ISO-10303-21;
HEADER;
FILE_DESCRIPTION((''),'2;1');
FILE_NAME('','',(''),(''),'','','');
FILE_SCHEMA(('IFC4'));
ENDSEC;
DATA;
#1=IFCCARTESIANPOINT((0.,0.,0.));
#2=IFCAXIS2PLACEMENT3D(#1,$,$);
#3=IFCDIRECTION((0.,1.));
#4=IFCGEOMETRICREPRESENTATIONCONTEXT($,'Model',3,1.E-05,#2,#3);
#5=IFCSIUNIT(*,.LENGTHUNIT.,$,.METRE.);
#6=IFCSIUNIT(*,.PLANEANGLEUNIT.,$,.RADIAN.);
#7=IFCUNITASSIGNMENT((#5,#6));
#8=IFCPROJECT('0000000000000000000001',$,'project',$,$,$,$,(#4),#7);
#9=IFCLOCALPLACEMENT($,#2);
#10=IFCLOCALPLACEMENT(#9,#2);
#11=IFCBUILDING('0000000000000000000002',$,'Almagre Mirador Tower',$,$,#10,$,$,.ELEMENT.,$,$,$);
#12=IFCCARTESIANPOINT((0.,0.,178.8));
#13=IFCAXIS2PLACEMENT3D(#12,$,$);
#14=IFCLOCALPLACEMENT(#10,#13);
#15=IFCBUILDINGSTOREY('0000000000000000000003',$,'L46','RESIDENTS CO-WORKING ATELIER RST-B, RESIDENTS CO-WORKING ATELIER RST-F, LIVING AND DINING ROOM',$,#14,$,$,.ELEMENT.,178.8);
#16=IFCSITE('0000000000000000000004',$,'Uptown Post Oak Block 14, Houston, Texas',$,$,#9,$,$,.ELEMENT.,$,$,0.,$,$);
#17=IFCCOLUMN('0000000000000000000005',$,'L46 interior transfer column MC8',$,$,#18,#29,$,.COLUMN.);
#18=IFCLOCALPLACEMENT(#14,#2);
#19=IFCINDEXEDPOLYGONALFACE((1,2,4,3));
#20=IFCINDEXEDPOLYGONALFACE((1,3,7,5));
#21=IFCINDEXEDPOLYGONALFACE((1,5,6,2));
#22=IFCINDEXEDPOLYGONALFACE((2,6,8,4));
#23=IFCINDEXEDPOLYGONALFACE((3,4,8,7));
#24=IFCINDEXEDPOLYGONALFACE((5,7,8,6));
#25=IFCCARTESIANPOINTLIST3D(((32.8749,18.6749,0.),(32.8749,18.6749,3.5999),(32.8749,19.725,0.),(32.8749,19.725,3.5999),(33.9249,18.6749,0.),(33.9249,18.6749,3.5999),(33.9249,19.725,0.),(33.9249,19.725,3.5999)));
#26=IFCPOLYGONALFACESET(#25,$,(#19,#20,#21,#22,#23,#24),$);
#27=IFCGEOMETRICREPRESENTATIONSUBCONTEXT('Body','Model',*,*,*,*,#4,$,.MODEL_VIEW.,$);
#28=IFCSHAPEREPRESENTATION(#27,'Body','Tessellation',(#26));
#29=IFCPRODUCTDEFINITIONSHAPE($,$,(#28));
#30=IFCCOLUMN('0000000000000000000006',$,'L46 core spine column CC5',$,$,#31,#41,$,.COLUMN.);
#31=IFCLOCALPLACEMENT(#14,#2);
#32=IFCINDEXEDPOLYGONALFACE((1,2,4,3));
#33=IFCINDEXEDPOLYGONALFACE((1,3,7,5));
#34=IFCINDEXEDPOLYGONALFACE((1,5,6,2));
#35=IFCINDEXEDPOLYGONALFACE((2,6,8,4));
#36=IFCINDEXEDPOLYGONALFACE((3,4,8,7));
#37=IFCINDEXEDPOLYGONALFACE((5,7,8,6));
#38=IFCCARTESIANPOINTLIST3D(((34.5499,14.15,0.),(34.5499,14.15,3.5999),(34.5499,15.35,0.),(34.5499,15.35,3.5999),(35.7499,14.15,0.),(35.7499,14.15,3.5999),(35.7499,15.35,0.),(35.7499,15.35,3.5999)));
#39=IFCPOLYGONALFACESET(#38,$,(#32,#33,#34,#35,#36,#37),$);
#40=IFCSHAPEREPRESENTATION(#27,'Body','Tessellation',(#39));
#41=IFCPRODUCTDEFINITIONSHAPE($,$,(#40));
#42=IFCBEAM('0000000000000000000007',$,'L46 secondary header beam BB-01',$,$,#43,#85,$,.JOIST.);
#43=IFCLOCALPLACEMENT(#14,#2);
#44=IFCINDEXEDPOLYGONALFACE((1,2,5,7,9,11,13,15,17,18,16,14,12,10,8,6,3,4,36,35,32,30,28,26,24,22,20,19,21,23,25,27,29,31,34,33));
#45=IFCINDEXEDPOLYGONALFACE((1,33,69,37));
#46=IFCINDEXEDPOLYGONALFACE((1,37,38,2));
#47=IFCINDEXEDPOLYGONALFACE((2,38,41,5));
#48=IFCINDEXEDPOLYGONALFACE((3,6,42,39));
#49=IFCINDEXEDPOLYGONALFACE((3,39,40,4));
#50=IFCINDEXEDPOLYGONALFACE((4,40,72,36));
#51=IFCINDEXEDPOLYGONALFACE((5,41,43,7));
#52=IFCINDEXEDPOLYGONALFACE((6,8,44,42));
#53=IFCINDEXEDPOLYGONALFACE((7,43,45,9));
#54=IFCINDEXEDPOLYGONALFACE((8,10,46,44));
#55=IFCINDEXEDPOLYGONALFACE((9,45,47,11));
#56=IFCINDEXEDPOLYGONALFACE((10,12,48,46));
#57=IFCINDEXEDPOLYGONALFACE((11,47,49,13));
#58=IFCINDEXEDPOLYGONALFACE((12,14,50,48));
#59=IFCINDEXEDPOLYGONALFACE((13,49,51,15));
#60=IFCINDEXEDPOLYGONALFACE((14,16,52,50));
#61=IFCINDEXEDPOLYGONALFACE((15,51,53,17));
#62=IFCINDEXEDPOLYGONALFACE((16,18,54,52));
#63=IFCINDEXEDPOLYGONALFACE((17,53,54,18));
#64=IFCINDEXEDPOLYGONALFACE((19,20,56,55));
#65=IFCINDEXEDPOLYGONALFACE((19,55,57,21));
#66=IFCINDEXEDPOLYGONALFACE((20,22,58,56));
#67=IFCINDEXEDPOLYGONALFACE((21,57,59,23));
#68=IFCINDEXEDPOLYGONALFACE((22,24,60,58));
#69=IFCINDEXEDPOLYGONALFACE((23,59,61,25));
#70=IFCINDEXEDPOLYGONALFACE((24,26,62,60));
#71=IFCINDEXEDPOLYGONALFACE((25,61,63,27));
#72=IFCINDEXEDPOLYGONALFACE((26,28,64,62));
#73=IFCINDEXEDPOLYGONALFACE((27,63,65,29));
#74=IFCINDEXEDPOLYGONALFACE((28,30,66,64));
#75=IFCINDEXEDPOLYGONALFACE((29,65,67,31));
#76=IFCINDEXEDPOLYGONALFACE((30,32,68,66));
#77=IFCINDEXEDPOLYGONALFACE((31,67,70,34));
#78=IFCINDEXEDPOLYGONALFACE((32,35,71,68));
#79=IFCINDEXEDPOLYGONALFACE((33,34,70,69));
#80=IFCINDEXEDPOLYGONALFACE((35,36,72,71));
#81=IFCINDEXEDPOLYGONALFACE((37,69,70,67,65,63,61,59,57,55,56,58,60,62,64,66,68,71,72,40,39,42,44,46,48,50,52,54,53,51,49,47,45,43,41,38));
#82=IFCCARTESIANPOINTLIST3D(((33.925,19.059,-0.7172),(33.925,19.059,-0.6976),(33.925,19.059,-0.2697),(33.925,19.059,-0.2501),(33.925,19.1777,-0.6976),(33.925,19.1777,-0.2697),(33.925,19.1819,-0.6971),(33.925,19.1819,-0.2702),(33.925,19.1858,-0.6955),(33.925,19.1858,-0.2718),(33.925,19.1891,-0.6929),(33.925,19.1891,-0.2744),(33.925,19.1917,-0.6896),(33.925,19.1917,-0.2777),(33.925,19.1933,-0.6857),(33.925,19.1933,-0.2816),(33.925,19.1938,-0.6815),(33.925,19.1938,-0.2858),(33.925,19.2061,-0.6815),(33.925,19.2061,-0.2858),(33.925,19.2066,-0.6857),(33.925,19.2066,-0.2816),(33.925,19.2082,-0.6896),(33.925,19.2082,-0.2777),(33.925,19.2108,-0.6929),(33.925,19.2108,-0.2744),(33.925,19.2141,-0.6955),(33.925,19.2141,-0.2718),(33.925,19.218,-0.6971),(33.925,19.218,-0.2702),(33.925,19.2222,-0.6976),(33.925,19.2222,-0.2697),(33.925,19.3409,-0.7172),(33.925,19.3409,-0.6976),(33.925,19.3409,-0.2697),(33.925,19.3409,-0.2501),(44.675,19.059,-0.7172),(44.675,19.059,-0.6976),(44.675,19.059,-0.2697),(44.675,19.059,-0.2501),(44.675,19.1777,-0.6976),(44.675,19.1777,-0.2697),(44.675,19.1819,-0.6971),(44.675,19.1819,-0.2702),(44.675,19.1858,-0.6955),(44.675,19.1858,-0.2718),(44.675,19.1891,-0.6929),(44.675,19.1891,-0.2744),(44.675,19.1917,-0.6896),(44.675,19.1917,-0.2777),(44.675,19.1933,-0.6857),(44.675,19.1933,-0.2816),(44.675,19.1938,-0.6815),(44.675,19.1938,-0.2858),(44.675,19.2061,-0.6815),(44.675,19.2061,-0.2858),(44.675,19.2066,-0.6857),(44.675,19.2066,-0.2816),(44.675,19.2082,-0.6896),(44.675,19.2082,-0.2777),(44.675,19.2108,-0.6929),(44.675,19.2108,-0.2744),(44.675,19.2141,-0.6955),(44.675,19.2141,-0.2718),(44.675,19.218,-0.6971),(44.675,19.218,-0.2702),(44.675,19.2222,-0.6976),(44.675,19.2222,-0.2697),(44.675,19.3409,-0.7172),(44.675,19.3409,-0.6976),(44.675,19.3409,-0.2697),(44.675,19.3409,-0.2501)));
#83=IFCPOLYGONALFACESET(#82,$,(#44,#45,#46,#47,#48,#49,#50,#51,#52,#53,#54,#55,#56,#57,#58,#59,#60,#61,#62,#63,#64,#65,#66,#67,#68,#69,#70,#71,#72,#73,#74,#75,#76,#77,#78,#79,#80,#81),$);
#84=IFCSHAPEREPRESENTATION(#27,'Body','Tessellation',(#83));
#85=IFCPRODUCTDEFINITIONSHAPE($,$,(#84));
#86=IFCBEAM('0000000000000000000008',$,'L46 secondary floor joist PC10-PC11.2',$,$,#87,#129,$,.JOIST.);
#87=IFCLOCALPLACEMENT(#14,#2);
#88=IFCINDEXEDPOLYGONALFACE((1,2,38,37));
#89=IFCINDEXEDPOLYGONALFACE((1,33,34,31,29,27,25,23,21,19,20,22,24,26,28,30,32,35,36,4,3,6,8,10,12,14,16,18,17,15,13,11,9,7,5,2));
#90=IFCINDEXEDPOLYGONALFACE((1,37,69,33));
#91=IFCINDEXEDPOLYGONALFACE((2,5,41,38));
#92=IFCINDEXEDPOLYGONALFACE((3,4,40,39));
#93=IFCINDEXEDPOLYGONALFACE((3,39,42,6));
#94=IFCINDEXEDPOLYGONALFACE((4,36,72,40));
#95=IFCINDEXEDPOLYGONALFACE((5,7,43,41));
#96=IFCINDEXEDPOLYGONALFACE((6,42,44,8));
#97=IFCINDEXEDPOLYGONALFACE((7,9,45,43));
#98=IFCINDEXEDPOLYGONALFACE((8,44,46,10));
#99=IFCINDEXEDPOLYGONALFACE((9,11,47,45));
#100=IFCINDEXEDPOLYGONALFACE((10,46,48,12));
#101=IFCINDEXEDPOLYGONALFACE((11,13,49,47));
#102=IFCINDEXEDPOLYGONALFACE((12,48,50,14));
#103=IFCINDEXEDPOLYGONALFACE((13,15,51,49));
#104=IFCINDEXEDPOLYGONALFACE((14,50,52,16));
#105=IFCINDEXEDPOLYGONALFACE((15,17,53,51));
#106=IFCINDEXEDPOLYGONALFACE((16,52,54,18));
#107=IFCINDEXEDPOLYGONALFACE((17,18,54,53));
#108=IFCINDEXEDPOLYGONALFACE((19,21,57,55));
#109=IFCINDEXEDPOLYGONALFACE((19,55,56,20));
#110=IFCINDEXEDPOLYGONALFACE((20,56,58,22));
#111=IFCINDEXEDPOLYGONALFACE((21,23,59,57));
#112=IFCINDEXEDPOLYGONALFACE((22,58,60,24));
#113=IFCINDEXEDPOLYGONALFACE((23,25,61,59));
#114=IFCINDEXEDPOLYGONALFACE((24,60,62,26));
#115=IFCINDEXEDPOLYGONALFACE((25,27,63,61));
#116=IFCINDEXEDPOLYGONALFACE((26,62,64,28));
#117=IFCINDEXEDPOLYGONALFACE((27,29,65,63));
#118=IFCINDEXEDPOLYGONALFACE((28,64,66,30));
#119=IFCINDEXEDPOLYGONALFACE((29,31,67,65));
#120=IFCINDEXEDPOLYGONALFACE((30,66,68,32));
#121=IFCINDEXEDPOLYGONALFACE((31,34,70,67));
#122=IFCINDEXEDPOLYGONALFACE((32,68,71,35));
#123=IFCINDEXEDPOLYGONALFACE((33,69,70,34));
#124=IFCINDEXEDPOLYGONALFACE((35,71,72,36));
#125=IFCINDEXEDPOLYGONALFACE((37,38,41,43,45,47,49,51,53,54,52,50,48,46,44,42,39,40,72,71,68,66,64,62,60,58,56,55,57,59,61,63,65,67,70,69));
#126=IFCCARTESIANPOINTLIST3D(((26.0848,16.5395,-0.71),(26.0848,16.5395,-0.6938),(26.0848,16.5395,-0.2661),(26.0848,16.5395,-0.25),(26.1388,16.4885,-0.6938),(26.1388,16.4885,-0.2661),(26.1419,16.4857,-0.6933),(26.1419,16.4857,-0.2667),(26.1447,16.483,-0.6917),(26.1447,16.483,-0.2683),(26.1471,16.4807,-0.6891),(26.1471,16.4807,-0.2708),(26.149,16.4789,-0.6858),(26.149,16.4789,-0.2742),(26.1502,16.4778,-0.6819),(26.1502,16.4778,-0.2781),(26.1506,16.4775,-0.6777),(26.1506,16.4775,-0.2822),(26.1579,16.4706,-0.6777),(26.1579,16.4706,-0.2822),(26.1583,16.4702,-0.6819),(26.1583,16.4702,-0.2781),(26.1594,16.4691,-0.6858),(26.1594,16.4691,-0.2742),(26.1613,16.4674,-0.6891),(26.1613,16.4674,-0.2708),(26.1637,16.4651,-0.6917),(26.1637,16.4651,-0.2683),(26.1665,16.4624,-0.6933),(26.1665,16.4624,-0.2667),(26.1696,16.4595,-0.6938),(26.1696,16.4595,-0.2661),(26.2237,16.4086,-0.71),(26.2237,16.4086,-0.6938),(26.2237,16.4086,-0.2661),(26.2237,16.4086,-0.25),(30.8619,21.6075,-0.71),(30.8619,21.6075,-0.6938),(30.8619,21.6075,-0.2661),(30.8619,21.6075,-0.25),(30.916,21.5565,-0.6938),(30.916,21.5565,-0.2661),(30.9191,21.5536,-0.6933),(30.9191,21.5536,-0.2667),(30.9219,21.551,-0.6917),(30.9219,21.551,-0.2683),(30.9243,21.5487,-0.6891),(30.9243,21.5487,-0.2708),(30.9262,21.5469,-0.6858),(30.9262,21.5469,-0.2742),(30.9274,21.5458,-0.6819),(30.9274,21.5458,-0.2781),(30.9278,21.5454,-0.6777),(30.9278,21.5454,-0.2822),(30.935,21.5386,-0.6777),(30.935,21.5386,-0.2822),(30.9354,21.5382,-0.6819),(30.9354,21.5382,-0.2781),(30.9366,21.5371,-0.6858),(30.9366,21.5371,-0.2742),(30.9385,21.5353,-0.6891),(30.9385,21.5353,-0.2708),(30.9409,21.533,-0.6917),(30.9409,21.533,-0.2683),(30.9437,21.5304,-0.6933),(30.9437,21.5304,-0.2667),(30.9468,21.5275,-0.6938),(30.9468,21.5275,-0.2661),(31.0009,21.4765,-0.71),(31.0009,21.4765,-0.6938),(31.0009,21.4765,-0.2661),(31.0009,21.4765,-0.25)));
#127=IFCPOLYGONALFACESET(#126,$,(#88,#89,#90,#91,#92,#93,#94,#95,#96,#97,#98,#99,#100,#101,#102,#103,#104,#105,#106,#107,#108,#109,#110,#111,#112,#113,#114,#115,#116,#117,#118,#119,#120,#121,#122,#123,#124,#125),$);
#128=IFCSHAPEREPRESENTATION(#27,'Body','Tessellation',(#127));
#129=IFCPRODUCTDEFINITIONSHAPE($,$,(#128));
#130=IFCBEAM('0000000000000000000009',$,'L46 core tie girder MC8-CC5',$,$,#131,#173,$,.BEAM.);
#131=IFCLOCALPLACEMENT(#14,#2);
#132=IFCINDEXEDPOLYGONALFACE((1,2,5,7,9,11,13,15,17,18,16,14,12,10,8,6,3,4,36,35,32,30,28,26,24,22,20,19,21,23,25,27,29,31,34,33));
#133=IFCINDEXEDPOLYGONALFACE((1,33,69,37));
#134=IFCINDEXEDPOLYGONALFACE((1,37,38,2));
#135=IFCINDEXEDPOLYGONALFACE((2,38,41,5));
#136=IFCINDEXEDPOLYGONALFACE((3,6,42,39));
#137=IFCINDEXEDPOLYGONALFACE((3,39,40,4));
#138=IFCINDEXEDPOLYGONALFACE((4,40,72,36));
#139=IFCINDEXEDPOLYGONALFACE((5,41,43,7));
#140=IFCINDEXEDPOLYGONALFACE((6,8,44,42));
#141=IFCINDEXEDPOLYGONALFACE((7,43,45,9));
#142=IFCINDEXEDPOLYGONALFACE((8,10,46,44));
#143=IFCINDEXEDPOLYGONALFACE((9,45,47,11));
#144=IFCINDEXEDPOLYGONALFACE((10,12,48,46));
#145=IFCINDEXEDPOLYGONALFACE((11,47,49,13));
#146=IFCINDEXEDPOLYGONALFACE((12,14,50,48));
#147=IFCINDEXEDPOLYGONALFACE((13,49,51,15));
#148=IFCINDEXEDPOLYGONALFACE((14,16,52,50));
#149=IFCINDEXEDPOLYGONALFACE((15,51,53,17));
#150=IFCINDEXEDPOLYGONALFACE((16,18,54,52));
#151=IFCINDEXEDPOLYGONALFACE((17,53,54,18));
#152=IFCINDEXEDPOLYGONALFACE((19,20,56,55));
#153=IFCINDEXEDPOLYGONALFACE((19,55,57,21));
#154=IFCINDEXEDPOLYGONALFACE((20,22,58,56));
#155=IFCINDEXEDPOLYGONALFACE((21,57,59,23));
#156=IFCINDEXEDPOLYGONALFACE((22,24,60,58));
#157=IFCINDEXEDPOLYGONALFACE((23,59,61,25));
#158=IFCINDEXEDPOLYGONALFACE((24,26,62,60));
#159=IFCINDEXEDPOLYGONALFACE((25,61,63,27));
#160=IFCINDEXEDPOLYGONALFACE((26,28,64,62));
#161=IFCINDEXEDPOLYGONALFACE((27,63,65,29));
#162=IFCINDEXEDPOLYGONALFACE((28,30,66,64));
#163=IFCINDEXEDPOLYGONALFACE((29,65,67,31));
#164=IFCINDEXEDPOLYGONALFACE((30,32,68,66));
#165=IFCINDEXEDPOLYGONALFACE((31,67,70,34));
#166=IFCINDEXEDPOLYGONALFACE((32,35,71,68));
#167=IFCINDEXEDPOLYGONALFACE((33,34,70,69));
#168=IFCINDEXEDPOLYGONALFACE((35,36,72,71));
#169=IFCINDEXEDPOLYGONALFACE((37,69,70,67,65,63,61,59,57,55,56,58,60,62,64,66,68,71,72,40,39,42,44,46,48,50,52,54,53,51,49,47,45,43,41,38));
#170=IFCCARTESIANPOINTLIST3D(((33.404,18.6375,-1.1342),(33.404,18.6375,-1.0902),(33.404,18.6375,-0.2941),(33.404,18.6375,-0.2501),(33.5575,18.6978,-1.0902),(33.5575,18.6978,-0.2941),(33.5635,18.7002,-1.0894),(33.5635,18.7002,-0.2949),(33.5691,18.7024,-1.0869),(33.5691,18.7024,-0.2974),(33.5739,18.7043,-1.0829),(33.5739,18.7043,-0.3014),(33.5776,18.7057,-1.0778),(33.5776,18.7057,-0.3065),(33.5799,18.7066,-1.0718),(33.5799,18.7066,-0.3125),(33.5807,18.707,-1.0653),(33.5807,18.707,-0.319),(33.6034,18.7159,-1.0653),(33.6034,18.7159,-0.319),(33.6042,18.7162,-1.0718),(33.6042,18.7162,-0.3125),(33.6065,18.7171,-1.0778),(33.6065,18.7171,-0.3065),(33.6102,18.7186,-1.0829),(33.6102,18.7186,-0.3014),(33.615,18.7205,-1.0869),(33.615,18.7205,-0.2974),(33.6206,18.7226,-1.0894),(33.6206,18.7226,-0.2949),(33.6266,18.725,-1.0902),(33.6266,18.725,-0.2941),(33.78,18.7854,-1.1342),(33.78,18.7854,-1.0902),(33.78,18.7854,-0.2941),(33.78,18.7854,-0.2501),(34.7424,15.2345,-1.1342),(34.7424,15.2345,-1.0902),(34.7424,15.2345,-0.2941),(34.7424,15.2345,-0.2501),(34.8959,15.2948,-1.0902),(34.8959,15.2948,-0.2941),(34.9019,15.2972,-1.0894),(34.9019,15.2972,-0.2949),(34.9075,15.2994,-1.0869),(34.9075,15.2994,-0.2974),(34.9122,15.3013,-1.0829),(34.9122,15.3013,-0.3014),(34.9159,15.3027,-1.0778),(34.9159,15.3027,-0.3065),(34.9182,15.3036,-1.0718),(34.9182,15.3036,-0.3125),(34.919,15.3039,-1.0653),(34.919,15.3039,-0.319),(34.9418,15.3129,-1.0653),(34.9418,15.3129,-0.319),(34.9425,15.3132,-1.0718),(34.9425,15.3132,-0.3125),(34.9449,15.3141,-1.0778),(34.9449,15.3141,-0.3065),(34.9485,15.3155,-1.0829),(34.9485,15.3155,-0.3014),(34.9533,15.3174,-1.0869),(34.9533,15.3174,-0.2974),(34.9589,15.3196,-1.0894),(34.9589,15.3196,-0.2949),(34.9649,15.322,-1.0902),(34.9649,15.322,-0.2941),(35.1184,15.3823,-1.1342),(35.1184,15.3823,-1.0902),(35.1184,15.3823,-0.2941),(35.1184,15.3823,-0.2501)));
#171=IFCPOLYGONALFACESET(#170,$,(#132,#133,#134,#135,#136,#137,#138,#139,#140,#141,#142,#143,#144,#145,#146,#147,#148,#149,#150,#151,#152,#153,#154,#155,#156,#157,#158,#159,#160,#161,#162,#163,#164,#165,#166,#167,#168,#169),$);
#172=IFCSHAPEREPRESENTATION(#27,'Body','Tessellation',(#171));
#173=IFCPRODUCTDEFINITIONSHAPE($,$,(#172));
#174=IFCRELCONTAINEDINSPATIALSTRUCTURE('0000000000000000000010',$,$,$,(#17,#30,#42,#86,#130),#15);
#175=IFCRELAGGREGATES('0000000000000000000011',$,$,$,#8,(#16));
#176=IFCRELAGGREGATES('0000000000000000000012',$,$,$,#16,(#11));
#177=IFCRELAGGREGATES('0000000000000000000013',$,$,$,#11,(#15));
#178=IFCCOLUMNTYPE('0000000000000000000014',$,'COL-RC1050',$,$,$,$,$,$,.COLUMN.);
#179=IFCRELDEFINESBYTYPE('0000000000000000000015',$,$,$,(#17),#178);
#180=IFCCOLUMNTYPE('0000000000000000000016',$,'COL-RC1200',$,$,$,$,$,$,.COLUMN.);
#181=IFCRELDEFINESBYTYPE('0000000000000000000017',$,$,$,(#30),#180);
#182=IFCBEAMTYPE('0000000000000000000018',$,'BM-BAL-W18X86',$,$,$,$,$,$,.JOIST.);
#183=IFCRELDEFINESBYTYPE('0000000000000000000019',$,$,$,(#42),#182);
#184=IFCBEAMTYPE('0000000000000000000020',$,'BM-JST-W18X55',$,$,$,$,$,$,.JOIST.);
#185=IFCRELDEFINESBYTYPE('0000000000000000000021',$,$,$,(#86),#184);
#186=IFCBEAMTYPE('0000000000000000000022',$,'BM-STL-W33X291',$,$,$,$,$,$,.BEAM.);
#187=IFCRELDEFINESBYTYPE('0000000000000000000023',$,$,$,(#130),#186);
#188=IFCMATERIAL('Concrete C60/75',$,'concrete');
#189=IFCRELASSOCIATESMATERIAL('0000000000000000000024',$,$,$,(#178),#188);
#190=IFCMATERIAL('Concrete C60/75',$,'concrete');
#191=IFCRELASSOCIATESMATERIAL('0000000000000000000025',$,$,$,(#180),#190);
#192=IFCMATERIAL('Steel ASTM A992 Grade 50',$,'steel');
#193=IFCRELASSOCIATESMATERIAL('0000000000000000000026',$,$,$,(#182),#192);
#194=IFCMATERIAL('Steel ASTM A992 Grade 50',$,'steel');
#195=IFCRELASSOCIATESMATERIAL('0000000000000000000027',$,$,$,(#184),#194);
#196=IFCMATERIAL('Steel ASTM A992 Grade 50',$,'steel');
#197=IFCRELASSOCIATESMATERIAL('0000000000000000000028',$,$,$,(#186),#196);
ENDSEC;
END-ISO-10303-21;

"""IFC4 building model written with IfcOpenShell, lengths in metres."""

from ifc_helpers import new_model, si_unit, direction, frame, origin, origin_2d, place, context, subcontext, project, spatial, rectangle, i_section, extrude, material, material_profile, profile_set, type_object, element, save


model = new_model("IFC4")

# Units and contexts
model_context = context("Model", 3, precision=1e-05, world=origin(), true_north=direction((0.0, 1.0)))
body_context = subcontext(model_context, "Body", "Model", "MODEL_VIEW")
ifc_project = project(units=[si_unit("LENGTHUNIT", "METRE"), si_unit("PLANEANGLEUNIT", "RADIAN")], contexts=[model_context])

# Site, building, storey
site_placement = place(None, origin())
site = spatial("IfcSite", under=ifc_project, at=site_placement, Name="Uptown Post Oak Block 14, Houston, Texas", CompositionType="ELEMENT", RefElevation=0.0)
building_placement = place(site_placement, origin())
building = spatial("IfcBuilding", under=site, at=building_placement, Name="Almagre Mirador Tower", CompositionType="ELEMENT")
storey_placement = place(building_placement, frame((0.0, 0.0, 178.8)))
storey = spatial("IfcBuildingStorey", under=building, at=storey_placement, Name="L46", Description="RESIDENTS CO-WORKING ATELIER RST-B, RESIDENTS CO-WORKING ATELIER RST-F, LIVING AND DINING ROOM", CompositionType="ELEMENT", Elevation=178.8)

# Columns
ifc_material_1 = material(Name="Concrete C60/75", Category="concrete")
ifc_material_profile_1 = material_profile(ifc_material_1, rectangle(XDim=1.05, YDim=1.05, at=origin_2d()), Name="RC1050X1050")
ifc_profile_set_1 = profile_set([ifc_material_profile_1], Name="Concrete C60/75")
column_type_1 = type_object("IfcColumnType", Name="COL-RC1050", PredefinedType="COLUMN", material=ifc_profile_set_1)
column_1_placement = place(storey_placement, frame((33.3999, 19.2, 0.0), z_axis=(0.0, 0.0, 1.0), x_axis=(1.0, 0.0, 0.0)))
element("IfcColumn", 1, at=column_1_placement, inside=storey, type_object=column_type_1, Name="L46 interior transfer column MC8", PredefinedType="COLUMN", context=body_context, shape_type="SweptSolid", body=[
    extrude(rectangle(XDim=1.05, YDim=1.05, at=origin_2d()), origin(), (0.0, 0.0, 1.0), 3.5999),
])
ifc_material_2 = material(Name="Concrete C60/75", Category="concrete")
ifc_material_profile_2 = material_profile(ifc_material_2, rectangle(XDim=1.2, YDim=1.2, at=origin_2d()), Name="RC1200X1200")
ifc_profile_set_2 = profile_set([ifc_material_profile_2], Name="Concrete C60/75")
column_type_2 = type_object("IfcColumnType", Name="COL-RC1200", PredefinedType="COLUMN", material=ifc_profile_set_2)
column_2_placement = place(storey_placement, frame((35.1499, 14.75, 0.0), z_axis=(0.0, 0.0, 1.0), x_axis=(1.0, 0.0, 0.0)))
element("IfcColumn", 2, at=column_2_placement, inside=storey, type_object=column_type_2, Name="L46 core spine column CC5", PredefinedType="COLUMN", context=body_context, shape_type="SweptSolid", body=[
    extrude(rectangle(XDim=1.2, YDim=1.2, at=origin_2d()), origin(), (0.0, 0.0, 1.0), 3.5999),
])

# Beams
ifc_material_3 = material(Name="Steel ASTM A992 Grade 50", Category="steel")
ifc_material_profile_3 = material_profile(ifc_material_3, i_section(OverallWidth=0.282, OverallDepth=0.467, WebThickness=0.0122, FlangeThickness=0.0195, FilletRadius=0.0161, at=origin_2d()), Name="W18X86")
ifc_profile_set_3 = profile_set([ifc_material_profile_3], Name="Steel ASTM A992 Grade 50")
beam_type_1 = type_object("IfcBeamType", Name="BM-BAL-W18X86", PredefinedType="JOIST", material=ifc_profile_set_3)
beam_1_placement = place(storey_placement, frame((33.925, 19.2, -0.4836), z_axis=(1.0, 0.0, 0.0), x_axis=(0.0, 1.0, 0.0)))
element("IfcBeam", 3, at=beam_1_placement, inside=storey, type_object=beam_type_1, Name="L46 secondary header beam BB-01", PredefinedType="JOIST", context=body_context, shape_type="SweptSolid", body=[
    extrude(i_section(OverallWidth=0.282, OverallDepth=0.467, WebThickness=0.0122, FlangeThickness=0.0195, FilletRadius=0.0161, at=origin_2d()), origin(), (0.0, 0.0, 1.0), 10.75),
])
ifc_material_4 = material(Name="Steel ASTM A992 Grade 50", Category="steel")
ifc_material_profile_4 = material_profile(ifc_material_4, i_section(OverallWidth=0.1909, OverallDepth=0.46, WebThickness=0.01, FlangeThickness=0.0161, FilletRadius=0.0161, at=origin_2d()), Name="W18X55")
ifc_profile_set_4 = profile_set([ifc_material_profile_4], Name="Steel ASTM A992 Grade 50")
beam_type_2 = type_object("IfcBeamType", Name="BM-JST-W18X55", PredefinedType="JOIST", material=ifc_profile_set_4)
beam_2_placement = place(storey_placement, frame((30.9314, 21.542, -0.48), z_axis=(-0.685923, -0.727674, 0.0), x_axis=(0.727674, -0.685923, 0.0)))
element("IfcBeam", 4, at=beam_2_placement, inside=storey, type_object=beam_type_2, Name="L46 secondary floor joist PC10-PC11.2", PredefinedType="JOIST", context=body_context, shape_type="SweptSolid", body=[
    extrude(i_section(OverallWidth=0.1909, OverallDepth=0.46, WebThickness=0.01, FlangeThickness=0.0161, FilletRadius=0.0161, at=origin_2d()), origin(), (0.0, 0.0, 1.0), 6.9646),
])
ifc_material_5 = material(Name="Steel ASTM A992 Grade 50", Category="steel")
ifc_material_profile_5 = material_profile(ifc_material_5, i_section(OverallWidth=0.4041, OverallDepth=0.884, WebThickness=0.0244, FlangeThickness=0.0439, FilletRadius=0.0249, at=origin_2d()), Name="W33X291")
ifc_profile_set_5 = profile_set([ifc_material_profile_5], Name="Steel ASTM A992 Grade 50")
beam_type_3 = type_object("IfcBeamType", Name="BM-STL-W33X291", PredefinedType="BEAM", material=ifc_profile_set_5)
beam_3_placement = place(storey_placement, frame((33.592, 18.7114, -0.6921), z_axis=(0.365997, -0.930616, 0.0), x_axis=(0.930616, 0.365997, 0.0)))
element("IfcBeam", 5, at=beam_3_placement, inside=storey, type_object=beam_type_3, Name="L46 core tie girder MC8-CC5", PredefinedType="BEAM", context=body_context, shape_type="SweptSolid", body=[
    extrude(i_section(OverallWidth=0.4041, OverallDepth=0.884, WebThickness=0.0244, FlangeThickness=0.0439, FilletRadius=0.0249, at=origin_2d()), origin(), (0.0, 0.0, 1.0), 3.6567),
])

save(model, "model.ifc")
